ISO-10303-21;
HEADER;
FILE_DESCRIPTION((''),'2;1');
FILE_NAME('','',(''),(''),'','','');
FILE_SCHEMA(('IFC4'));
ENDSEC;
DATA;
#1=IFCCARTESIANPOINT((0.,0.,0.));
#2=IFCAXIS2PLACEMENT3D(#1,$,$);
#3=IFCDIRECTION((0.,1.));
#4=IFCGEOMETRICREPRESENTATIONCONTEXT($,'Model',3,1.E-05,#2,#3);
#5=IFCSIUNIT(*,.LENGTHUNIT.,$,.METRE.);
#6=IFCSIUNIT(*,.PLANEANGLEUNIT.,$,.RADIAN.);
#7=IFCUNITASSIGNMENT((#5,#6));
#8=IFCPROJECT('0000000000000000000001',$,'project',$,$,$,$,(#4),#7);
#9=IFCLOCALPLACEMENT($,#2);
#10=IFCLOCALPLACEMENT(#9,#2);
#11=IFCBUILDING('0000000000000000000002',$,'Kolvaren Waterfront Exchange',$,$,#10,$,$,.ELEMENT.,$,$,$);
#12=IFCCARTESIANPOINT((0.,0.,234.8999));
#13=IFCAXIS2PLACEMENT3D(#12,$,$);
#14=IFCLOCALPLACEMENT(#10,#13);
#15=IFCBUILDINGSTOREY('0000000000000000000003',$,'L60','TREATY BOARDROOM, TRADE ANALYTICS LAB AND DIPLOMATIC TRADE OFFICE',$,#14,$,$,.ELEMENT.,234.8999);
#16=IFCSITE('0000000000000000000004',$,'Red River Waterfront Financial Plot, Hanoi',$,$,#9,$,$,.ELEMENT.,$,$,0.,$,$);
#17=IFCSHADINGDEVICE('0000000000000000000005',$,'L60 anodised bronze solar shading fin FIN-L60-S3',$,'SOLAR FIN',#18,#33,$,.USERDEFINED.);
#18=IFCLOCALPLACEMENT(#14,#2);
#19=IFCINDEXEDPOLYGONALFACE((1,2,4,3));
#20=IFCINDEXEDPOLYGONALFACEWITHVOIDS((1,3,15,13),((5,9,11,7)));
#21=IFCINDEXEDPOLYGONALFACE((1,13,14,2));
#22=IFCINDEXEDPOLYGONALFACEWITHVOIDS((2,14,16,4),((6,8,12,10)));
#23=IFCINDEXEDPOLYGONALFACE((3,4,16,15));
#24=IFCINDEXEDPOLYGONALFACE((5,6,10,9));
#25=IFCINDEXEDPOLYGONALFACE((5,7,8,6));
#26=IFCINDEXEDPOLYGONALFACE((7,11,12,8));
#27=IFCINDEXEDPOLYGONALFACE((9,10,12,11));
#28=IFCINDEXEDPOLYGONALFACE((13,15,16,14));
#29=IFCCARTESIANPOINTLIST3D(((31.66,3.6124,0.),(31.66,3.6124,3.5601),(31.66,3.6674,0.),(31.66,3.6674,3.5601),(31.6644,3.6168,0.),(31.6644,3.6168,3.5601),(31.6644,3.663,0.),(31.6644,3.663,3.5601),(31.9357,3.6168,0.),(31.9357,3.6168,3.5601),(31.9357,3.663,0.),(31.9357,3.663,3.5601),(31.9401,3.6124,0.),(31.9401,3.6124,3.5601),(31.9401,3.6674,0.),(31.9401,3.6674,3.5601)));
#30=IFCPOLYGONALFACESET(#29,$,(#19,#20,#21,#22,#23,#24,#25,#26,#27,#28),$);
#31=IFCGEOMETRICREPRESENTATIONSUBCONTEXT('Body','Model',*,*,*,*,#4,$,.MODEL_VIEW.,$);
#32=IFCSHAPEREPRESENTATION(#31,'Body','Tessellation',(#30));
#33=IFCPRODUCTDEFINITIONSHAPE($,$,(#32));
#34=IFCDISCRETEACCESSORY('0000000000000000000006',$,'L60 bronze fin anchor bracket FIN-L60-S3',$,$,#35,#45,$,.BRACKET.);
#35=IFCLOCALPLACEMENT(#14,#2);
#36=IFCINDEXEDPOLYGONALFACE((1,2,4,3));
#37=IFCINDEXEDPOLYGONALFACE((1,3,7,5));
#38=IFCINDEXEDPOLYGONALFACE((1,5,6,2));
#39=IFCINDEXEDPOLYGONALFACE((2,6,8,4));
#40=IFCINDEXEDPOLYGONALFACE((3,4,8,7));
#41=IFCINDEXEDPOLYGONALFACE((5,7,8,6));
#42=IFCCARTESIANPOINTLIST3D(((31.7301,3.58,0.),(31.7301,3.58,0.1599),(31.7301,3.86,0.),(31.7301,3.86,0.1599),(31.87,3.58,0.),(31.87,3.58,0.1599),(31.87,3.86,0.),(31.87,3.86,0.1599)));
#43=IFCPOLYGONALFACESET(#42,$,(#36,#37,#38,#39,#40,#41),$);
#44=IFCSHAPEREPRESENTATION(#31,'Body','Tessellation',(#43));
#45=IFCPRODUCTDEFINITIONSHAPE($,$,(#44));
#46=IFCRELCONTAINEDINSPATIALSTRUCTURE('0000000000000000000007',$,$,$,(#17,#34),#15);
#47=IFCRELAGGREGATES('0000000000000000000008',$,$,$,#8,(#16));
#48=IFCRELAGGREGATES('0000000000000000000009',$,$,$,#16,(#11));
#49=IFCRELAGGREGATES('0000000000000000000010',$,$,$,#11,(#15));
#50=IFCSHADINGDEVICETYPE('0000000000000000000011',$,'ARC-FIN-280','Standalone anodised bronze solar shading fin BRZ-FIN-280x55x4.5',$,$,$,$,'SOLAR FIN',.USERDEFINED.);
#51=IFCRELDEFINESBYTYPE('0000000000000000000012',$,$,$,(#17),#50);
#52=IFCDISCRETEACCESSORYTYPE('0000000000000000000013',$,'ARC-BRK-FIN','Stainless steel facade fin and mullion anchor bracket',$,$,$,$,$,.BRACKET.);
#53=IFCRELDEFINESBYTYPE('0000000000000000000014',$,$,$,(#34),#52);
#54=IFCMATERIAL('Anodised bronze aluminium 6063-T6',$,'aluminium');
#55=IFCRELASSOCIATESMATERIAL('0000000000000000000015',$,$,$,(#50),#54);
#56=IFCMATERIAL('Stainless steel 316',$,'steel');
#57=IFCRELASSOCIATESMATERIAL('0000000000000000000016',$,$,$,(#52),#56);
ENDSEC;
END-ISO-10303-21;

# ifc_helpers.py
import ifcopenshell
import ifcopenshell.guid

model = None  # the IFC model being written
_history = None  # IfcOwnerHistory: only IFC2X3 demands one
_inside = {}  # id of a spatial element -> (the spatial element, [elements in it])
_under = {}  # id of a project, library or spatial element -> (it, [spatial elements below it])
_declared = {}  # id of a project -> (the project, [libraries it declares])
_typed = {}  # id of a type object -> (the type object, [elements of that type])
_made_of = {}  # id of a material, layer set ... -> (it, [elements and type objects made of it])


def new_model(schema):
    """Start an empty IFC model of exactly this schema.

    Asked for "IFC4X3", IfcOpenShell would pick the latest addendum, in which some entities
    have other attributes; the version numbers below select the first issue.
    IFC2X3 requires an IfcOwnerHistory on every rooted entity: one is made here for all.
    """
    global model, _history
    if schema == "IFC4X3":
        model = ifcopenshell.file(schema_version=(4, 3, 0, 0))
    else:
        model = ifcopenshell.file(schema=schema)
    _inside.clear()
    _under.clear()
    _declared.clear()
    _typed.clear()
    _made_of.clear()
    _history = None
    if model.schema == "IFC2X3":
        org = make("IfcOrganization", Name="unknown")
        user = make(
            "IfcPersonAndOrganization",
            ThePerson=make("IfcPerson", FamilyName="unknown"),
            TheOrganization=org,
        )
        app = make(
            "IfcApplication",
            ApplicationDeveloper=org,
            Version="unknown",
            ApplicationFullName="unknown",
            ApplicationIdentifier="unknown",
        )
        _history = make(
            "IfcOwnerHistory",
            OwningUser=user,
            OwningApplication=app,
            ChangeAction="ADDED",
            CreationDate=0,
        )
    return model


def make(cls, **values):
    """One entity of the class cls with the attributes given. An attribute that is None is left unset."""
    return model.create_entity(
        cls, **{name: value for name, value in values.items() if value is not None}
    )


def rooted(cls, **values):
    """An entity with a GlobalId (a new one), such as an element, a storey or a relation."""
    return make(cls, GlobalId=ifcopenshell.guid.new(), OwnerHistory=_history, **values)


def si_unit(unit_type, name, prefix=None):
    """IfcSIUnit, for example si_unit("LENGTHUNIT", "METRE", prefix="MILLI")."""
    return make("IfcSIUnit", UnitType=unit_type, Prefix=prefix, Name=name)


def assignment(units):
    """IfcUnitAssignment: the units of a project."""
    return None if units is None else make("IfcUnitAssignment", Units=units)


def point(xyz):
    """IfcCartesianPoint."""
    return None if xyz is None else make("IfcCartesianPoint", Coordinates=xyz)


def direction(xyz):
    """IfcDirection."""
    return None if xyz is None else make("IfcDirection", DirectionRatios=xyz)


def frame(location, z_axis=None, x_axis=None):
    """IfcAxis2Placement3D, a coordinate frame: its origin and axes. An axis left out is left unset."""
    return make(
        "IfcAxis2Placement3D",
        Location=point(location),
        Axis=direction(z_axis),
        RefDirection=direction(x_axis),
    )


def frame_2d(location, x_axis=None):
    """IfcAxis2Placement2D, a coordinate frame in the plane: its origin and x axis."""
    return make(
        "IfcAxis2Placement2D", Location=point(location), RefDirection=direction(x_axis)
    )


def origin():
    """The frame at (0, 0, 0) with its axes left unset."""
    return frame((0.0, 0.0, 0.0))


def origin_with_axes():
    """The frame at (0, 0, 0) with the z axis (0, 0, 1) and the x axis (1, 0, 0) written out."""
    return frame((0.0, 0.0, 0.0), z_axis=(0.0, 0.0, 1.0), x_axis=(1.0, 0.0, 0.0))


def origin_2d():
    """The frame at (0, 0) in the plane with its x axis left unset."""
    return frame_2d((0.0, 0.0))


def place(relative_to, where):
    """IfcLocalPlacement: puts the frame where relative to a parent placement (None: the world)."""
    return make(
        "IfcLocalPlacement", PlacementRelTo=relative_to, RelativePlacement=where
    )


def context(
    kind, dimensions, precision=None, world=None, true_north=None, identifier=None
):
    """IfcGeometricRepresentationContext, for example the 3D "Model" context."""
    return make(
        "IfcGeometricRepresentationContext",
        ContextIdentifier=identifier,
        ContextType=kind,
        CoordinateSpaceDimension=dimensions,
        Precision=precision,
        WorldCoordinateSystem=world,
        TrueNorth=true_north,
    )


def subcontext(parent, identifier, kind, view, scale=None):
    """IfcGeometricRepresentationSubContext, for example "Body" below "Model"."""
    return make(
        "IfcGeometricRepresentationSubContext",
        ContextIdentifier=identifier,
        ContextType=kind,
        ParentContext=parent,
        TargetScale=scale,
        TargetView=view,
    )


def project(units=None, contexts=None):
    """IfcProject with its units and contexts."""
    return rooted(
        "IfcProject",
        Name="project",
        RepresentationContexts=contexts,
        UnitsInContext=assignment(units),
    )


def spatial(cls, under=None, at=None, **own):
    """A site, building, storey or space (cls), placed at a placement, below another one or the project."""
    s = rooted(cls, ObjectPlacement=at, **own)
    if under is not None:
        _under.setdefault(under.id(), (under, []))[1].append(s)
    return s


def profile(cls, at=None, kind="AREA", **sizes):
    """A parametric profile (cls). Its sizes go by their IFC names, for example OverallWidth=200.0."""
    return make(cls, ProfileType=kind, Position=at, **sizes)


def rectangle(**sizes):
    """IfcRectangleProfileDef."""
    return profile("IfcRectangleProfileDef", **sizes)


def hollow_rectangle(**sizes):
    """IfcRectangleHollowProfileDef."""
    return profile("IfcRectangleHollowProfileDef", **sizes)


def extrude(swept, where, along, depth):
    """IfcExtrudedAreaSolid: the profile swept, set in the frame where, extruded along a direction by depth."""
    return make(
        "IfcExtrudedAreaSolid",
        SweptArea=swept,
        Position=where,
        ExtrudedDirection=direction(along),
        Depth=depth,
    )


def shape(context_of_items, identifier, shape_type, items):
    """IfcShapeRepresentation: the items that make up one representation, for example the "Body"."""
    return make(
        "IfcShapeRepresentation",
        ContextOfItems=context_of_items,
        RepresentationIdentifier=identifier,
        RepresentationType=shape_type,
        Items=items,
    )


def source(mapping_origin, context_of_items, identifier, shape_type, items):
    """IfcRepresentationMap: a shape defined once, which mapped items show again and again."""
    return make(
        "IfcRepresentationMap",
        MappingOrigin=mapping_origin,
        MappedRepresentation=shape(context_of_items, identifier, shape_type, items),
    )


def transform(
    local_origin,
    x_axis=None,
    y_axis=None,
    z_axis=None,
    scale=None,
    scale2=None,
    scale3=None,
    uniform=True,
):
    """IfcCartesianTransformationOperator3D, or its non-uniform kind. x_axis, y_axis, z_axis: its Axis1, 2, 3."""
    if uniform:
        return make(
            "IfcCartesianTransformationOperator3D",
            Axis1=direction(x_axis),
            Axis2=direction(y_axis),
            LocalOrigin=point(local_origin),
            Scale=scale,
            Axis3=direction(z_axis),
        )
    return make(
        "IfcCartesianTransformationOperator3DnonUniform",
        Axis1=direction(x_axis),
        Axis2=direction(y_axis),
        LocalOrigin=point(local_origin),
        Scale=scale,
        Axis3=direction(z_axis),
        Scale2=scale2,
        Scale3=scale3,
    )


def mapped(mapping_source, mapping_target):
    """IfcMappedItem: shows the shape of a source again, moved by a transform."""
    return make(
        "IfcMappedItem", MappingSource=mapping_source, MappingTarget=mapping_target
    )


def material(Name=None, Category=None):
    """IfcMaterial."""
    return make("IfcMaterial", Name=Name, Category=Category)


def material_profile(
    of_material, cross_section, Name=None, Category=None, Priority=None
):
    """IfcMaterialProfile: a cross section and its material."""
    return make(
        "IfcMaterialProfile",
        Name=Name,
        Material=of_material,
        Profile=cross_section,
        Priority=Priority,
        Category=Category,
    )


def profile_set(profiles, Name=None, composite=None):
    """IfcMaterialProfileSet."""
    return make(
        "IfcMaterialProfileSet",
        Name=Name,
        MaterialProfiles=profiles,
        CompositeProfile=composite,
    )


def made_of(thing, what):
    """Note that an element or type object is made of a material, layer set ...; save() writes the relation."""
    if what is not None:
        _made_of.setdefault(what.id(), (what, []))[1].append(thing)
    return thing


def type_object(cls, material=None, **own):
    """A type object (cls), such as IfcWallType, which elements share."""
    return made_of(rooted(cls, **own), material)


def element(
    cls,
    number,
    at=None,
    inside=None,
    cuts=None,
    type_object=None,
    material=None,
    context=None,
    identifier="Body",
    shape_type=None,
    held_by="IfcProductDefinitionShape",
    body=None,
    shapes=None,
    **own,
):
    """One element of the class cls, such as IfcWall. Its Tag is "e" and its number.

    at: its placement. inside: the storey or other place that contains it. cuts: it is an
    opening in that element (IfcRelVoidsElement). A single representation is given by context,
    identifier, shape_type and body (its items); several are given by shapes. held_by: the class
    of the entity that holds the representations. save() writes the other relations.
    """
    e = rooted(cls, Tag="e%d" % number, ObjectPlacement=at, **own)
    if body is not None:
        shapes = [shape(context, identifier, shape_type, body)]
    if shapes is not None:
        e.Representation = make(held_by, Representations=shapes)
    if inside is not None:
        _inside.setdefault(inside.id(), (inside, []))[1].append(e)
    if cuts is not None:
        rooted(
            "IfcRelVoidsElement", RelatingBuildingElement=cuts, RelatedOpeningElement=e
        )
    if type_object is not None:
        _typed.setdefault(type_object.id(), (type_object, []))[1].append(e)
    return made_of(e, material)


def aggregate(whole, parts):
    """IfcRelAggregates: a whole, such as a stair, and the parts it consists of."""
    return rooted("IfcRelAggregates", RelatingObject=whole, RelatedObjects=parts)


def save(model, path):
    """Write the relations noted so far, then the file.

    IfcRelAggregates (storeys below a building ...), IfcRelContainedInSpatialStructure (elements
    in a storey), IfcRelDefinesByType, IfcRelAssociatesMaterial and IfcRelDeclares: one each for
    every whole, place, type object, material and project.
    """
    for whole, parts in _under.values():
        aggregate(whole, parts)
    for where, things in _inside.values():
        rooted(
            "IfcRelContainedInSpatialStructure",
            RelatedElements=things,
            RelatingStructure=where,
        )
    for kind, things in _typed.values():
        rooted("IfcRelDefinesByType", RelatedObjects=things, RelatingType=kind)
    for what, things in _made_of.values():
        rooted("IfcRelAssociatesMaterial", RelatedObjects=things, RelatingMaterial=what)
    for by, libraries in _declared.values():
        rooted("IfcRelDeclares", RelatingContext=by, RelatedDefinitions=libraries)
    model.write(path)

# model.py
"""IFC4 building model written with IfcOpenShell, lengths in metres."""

from ifc_helpers import new_model, si_unit, direction, frame, origin, origin_with_axes, origin_2d, place, context, subcontext, project, spatial, rectangle, hollow_rectangle, extrude, source, transform, mapped, material, material_profile, profile_set, type_object, element, save


model = new_model("IFC4")

# Units and contexts
model_context = context("Model", 3, precision=1e-05, world=origin(), true_north=direction((0.0, 1.0)))
body_context = subcontext(model_context, "Body", "Model", "MODEL_VIEW")
ifc_project = project(units=[si_unit("LENGTHUNIT", "METRE"), si_unit("PLANEANGLEUNIT", "RADIAN")], contexts=[model_context])

# Site, building, storey
site_placement = place(None, origin())
site = spatial("IfcSite", under=ifc_project, at=site_placement, Name="Red River Waterfront Financial Plot, Hanoi", CompositionType="ELEMENT", RefElevation=0.0)
building_placement = place(site_placement, origin())
building = spatial("IfcBuilding", under=site, at=building_placement, Name="Kolvaren Waterfront Exchange", CompositionType="ELEMENT")
storey_placement = place(building_placement, frame((0.0, 0.0, 234.8999)))
storey = spatial("IfcBuildingStorey", under=building, at=storey_placement, Name="L60", Description="TREATY BOARDROOM, TRADE ANALYTICS LAB AND DIPLOMATIC TRADE OFFICE", CompositionType="ELEMENT", Elevation=234.8999)

# Shared definitions
ifc_material_1 = material(Name="Anodised bronze aluminium 6063-T6", Category="aluminium")

# Shading device
ifc_material_profile_1 = material_profile(ifc_material_1, hollow_rectangle(XDim=0.0549, YDim=0.28, WallThickness=0.0044, at=origin_2d()), Name="BRZ-FIN-280x55x4.5")
ifc_profile_set_1 = profile_set([ifc_material_profile_1], Name="Anodised bronze aluminium 6063-T6")
shading_device_type = type_object("IfcShadingDeviceType", Name="ARC-FIN-280", Description="Standalone anodised bronze solar shading fin BRZ-FIN-280x55x4.5", ElementType="SOLAR FIN", PredefinedType="USERDEFINED", material=ifc_profile_set_1)
shading_device_placement = place(storey_placement, frame((31.8, 3.6399, 0.0), z_axis=(0.0, 0.0, 1.0), x_axis=(0.0, -1.0, 0.0)))
element("IfcShadingDevice", 1, at=shading_device_placement, inside=storey, type_object=shading_device_type, Name="L60 anodised bronze solar shading fin FIN-L60-S3", ObjectType="SOLAR FIN", PredefinedType="USERDEFINED", context=body_context, shape_type="SweptSolid", body=[
    extrude(hollow_rectangle(XDim=0.0549, YDim=0.28, WallThickness=0.0044, at=origin_2d()), origin(), (0.0, 0.0, 1.0), 3.5601),
])

# Discrete accessory
ifc_material_2 = material(Name="Stainless steel 316", Category="steel")
discrete_accessory_type = type_object("IfcDiscreteAccessoryType", Name="ARC-BRK-FIN", Description="Stainless steel facade fin and mullion anchor bracket", PredefinedType="BRACKET", material=ifc_material_2)
shared_shape_1 = source(origin_with_axes(), body_context, "Body", "SweptSolid", [
    extrude(rectangle(XDim=0.28, YDim=0.1399, at=origin_2d()), origin(), (0.0, 0.0, 1.0), 0.1599),
])
discrete_accessory_placement = place(storey_placement, frame((31.8, 3.72, 0.0), z_axis=(0.0, 0.0, 1.0), x_axis=(0.0, -1.0, 0.0)))
element("IfcDiscreteAccessory", 2, at=discrete_accessory_placement, inside=storey, type_object=discrete_accessory_type, Name="L60 bronze fin anchor bracket FIN-L60-S3", PredefinedType="BRACKET", context=body_context, shape_type="MappedRepresentation", body=[
    mapped(shared_shape_1, transform((0.0, 0.0, 0.0), x_axis=(1.0, 0.0, 0.0), y_axis=(0.0, 1.0, 0.0), z_axis=(0.0, 0.0, 1.0), scale=1.0)),
])

save(model, "model.ifc")
